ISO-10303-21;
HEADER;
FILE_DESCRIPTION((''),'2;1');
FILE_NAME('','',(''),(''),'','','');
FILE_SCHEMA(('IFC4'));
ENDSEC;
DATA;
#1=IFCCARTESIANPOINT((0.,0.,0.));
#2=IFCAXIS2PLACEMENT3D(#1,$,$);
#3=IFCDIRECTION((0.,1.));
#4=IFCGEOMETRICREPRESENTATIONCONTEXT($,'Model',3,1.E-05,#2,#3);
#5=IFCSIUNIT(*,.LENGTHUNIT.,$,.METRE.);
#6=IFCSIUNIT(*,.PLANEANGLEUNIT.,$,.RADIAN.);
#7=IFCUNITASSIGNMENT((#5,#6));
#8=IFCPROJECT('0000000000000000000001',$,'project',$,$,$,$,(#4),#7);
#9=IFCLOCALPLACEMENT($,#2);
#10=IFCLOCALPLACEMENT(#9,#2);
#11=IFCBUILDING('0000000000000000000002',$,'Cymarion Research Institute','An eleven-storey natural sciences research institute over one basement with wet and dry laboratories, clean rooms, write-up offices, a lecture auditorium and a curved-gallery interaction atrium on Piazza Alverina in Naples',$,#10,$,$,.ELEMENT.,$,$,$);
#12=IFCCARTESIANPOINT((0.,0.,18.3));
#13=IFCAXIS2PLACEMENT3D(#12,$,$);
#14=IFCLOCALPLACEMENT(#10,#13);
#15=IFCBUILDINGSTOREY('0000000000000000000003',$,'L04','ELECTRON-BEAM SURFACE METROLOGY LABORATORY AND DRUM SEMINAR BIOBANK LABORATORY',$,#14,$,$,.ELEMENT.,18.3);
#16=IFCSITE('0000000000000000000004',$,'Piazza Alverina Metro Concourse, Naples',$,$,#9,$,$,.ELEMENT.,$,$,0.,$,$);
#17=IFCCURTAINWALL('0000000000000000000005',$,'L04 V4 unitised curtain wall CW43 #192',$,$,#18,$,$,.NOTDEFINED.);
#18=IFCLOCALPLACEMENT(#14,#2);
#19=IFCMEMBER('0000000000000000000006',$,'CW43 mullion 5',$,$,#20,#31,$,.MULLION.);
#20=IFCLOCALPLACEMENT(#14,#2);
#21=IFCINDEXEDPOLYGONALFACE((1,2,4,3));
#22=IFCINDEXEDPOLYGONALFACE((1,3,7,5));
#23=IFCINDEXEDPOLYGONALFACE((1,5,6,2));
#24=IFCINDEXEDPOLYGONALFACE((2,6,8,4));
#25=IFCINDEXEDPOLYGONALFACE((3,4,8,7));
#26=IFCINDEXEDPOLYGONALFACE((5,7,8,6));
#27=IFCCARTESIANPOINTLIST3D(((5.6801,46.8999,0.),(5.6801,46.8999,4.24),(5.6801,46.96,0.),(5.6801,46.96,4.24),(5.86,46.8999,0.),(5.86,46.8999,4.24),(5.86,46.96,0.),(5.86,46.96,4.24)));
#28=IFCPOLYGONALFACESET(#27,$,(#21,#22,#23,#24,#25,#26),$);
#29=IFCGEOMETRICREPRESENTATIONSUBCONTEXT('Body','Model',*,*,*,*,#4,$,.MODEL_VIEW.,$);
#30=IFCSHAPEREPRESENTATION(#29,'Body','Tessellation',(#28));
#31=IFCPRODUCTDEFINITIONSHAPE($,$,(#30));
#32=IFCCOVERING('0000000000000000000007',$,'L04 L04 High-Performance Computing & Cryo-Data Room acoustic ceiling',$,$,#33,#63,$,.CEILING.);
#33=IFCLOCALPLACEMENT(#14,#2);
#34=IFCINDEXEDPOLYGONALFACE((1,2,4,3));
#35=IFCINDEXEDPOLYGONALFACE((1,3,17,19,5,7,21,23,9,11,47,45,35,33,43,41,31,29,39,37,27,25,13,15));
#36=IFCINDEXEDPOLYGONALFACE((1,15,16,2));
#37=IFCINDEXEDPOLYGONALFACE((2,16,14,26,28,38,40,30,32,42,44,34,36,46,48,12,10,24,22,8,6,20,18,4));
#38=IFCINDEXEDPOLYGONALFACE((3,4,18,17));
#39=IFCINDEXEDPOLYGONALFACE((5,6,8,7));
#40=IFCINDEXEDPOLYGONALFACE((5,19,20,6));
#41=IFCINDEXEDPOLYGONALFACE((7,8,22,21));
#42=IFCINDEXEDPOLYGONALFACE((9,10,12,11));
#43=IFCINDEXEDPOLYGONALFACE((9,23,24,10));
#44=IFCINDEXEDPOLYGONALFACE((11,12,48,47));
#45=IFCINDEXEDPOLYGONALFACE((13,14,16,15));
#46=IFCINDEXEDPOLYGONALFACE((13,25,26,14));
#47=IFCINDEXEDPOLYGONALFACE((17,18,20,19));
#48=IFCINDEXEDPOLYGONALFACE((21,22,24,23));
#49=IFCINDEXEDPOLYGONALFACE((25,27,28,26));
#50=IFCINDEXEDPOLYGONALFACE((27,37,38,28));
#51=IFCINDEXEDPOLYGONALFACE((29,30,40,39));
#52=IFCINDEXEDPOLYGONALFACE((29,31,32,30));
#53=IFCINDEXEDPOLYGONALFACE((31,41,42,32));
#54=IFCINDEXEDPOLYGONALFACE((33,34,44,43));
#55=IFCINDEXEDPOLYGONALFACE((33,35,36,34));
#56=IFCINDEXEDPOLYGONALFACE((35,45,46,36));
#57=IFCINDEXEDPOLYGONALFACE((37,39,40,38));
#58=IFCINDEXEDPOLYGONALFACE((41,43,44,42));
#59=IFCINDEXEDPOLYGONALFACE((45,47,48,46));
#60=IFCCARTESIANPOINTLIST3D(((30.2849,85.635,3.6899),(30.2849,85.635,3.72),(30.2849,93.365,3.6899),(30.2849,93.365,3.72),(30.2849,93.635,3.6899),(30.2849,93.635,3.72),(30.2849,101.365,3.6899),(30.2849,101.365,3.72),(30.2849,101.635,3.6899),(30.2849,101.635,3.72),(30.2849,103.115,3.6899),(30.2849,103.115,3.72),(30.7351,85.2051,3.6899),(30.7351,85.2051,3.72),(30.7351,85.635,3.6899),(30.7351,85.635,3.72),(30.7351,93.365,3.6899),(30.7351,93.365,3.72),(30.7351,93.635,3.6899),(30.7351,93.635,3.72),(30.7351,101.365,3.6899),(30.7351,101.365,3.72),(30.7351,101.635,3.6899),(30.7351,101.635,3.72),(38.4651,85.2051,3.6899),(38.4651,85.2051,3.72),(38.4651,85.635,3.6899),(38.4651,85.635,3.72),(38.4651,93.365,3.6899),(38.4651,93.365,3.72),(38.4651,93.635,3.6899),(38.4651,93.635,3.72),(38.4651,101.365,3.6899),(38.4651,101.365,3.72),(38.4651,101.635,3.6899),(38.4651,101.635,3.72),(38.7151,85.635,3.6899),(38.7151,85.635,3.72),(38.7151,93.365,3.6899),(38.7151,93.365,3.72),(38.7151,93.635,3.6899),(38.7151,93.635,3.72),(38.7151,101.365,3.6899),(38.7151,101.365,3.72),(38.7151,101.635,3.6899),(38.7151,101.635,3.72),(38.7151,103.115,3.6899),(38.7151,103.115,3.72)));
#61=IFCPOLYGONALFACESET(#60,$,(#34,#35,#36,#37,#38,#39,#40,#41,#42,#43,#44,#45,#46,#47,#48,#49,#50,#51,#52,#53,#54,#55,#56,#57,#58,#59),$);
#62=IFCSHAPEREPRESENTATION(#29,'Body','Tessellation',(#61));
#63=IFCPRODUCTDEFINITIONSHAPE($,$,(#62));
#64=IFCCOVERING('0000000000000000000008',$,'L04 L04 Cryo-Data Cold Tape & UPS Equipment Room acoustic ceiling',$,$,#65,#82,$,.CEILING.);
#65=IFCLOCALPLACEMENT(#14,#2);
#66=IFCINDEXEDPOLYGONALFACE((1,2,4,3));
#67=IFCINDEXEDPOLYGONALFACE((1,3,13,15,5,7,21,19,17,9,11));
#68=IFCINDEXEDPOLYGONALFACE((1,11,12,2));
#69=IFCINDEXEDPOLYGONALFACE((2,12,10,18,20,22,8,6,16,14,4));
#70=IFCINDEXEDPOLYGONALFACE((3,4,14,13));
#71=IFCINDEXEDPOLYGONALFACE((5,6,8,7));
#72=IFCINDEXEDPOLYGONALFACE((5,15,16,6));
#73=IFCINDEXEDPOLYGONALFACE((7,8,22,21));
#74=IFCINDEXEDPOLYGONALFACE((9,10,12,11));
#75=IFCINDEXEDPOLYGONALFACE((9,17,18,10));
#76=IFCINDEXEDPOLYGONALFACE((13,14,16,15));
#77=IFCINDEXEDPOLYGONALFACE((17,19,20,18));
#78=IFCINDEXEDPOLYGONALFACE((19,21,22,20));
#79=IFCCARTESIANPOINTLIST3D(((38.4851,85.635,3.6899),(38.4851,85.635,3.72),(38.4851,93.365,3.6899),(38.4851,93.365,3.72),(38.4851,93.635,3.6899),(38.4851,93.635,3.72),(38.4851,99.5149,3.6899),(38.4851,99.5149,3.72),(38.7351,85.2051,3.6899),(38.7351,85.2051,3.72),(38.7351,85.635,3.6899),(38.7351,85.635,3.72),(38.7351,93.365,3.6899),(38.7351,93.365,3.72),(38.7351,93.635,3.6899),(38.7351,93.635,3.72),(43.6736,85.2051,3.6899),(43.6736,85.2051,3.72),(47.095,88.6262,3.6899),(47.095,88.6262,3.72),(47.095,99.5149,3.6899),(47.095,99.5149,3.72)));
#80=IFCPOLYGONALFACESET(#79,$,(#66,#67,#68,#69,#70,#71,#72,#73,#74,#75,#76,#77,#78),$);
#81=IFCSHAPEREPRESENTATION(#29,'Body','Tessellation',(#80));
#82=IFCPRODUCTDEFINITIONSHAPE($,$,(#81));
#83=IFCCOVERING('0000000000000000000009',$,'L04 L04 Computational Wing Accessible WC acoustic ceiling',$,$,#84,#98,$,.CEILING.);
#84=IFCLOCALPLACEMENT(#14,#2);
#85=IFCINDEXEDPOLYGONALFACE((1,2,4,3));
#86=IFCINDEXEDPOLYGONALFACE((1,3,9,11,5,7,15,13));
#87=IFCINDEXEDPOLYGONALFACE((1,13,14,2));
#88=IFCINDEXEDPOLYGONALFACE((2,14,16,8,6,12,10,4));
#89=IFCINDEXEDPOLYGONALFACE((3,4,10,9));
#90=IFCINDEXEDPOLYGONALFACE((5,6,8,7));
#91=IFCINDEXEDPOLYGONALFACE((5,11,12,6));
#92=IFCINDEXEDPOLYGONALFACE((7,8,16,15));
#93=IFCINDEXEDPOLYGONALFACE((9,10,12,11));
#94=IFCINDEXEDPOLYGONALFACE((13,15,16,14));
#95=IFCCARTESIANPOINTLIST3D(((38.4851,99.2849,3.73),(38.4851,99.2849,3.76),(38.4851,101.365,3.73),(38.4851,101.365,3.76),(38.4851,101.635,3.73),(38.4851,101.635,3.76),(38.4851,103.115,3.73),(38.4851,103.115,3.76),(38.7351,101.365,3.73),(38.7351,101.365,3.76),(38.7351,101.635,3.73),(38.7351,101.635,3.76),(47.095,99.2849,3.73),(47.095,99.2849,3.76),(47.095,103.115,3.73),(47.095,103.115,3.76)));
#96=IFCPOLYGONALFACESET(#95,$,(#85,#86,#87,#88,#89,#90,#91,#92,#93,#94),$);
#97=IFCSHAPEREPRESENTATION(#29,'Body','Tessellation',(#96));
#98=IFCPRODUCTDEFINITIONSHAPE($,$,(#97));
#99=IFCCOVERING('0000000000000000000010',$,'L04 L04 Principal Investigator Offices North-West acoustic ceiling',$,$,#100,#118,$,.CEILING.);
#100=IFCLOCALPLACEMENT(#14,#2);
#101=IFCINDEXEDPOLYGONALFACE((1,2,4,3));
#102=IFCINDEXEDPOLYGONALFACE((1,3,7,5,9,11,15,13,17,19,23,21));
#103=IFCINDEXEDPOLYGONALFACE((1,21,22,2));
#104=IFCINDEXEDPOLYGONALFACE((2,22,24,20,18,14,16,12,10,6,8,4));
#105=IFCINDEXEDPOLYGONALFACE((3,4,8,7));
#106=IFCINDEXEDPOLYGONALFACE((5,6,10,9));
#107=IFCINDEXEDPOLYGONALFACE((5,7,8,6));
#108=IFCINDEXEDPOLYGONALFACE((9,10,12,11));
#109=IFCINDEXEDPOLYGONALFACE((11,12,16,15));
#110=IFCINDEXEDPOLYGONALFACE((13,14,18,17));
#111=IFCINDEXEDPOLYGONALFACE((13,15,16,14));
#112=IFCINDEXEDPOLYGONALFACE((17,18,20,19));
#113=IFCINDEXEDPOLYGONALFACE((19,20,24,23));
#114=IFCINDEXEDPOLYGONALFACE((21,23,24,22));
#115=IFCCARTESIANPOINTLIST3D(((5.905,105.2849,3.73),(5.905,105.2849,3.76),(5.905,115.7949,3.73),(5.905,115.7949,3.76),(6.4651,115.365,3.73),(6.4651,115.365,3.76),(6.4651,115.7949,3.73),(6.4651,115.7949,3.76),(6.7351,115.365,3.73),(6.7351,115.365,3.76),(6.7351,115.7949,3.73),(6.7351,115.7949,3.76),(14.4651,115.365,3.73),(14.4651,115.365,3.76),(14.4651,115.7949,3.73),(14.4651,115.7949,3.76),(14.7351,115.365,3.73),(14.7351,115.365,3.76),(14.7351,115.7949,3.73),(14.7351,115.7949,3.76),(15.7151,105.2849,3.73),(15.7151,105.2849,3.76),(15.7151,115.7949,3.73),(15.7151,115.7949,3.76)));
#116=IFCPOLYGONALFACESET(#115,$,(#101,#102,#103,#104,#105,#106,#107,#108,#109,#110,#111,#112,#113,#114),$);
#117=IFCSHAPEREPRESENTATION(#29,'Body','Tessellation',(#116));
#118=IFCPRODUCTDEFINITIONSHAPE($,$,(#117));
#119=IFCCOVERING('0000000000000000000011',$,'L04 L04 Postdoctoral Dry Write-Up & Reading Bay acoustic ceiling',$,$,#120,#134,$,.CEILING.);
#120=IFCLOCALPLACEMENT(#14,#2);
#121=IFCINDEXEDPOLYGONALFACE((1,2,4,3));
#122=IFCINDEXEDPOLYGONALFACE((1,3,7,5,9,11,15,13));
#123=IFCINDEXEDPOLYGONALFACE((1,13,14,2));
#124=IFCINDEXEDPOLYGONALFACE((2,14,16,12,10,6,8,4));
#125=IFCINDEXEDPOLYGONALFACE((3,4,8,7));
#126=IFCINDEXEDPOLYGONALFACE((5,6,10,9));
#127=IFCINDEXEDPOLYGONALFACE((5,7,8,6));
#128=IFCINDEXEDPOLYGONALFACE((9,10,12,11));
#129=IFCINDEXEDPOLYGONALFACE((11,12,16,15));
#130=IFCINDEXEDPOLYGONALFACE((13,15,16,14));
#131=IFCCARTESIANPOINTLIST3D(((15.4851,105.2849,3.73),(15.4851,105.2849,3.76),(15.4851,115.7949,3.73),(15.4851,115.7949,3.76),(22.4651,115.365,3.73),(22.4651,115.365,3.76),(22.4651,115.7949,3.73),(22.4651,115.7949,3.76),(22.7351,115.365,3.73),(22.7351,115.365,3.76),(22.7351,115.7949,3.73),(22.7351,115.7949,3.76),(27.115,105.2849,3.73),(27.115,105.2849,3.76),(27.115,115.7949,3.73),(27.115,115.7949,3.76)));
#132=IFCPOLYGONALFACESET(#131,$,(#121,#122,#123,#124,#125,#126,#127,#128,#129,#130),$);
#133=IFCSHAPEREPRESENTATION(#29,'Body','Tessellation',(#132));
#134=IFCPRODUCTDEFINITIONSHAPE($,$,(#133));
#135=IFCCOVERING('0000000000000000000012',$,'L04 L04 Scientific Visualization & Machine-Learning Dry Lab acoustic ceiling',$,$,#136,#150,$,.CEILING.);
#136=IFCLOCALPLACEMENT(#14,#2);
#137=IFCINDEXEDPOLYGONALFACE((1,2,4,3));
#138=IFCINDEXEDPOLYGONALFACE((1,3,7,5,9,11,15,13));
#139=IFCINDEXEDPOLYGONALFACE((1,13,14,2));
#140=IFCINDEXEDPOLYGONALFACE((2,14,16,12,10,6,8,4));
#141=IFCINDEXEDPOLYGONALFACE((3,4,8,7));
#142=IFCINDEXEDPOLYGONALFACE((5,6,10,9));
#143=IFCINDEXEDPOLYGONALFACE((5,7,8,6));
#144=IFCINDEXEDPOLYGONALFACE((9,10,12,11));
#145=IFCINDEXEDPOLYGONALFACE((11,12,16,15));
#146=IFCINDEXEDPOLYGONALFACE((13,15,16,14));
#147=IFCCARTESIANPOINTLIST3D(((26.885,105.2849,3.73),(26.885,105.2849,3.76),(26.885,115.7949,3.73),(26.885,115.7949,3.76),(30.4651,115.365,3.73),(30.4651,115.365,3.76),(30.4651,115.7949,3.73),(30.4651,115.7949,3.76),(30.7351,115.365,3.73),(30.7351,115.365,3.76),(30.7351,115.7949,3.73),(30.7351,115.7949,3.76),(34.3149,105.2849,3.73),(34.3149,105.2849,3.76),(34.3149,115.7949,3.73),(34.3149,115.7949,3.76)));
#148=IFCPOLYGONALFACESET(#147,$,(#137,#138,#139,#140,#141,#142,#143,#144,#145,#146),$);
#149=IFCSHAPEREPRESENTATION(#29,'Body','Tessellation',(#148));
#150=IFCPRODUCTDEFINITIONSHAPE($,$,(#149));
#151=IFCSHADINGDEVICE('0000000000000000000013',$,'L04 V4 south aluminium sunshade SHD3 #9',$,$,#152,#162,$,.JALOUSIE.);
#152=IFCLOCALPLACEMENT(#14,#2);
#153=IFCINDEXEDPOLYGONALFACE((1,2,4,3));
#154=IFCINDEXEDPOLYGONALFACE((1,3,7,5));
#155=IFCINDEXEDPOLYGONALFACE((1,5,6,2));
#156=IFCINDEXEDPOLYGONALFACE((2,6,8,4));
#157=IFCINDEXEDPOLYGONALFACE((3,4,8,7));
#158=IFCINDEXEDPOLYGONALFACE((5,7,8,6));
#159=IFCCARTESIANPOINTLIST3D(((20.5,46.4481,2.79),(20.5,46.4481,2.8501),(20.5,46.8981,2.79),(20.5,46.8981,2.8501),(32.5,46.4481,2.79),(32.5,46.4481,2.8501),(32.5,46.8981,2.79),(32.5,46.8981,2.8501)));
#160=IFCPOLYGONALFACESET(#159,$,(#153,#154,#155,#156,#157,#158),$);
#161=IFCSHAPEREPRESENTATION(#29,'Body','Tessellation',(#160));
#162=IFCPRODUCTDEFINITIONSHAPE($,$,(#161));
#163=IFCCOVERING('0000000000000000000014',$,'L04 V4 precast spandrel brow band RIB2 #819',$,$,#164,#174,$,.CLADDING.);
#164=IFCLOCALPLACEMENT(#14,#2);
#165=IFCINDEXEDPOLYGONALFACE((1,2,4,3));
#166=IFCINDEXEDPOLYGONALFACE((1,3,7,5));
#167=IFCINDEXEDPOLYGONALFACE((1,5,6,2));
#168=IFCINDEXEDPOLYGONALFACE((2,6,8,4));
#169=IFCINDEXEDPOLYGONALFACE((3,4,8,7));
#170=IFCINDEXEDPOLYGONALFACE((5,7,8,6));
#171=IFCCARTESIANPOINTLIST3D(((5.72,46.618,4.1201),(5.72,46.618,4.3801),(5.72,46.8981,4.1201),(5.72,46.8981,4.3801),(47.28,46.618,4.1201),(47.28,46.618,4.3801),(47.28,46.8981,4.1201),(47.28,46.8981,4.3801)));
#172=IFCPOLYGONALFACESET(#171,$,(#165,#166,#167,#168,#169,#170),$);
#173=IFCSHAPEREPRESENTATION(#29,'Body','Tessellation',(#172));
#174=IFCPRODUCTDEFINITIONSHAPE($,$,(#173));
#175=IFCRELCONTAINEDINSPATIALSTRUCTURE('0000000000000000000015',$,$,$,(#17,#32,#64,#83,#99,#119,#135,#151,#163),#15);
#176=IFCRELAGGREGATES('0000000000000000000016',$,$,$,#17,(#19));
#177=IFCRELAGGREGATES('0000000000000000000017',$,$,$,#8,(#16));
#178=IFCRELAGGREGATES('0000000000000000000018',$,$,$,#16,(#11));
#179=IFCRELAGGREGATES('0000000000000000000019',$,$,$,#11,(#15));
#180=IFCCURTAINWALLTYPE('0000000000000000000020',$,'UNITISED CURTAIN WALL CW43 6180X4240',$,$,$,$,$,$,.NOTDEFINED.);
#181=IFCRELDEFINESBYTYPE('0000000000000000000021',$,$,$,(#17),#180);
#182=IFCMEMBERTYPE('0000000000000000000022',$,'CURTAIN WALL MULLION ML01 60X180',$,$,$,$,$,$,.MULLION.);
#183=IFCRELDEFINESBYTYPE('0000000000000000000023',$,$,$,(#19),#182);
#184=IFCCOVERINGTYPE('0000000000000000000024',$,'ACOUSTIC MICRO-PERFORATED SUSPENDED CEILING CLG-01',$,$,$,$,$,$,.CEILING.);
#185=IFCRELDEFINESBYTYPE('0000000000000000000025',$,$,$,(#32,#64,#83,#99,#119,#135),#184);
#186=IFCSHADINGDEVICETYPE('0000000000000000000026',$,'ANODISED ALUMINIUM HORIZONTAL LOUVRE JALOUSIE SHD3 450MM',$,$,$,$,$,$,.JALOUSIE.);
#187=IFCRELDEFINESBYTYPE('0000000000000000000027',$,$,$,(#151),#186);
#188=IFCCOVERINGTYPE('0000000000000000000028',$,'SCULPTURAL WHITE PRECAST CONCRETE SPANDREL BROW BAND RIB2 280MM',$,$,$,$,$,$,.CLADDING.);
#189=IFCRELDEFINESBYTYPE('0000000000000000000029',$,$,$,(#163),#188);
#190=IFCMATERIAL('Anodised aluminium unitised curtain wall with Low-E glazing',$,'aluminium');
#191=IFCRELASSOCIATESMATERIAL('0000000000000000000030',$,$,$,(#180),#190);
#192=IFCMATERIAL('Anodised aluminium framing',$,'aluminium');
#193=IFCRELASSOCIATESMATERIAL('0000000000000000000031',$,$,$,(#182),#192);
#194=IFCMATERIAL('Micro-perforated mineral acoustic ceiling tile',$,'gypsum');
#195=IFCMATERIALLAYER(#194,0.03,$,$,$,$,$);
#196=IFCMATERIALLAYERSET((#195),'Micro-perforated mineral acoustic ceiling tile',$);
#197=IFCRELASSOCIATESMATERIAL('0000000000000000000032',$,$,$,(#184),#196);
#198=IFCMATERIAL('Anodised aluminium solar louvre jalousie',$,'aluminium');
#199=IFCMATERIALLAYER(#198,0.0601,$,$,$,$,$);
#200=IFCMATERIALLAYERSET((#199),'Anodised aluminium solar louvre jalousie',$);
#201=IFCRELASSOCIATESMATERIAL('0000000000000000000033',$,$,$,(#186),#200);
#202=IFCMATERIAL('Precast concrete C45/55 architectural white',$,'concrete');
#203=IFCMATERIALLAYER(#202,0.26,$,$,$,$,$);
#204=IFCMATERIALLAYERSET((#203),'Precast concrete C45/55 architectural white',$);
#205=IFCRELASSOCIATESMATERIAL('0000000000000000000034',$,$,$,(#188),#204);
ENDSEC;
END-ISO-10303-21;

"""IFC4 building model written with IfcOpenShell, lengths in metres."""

from ifc_helpers import new_model, si_unit, direction, frame, origin, origin_2d, place, context, subcontext, project, spatial, polyline, rectangle, outline, extrude, material, layer, layer_set, material_profile, profile_set, type_object, element, aggregate, save


model = new_model("IFC4")

# Units and contexts
model_context = context("Model", 3, precision=1e-05, world=origin(), true_north=direction((0.0, 1.0)))
body_context = subcontext(model_context, "Body", "Model", "MODEL_VIEW")
ifc_project = project(units=[si_unit("LENGTHUNIT", "METRE"), si_unit("PLANEANGLEUNIT", "RADIAN")], contexts=[model_context])

# Site, building, storey
site_placement = place(None, origin())
site = spatial("IfcSite", under=ifc_project, at=site_placement, Name="Piazza Alverina Metro Concourse, Naples", CompositionType="ELEMENT", RefElevation=0.0)
building_placement = place(site_placement, origin())
building = spatial("IfcBuilding", under=site, at=building_placement, Name="Cymarion Research Institute", Description="An eleven-storey natural sciences research institute over one basement with wet and dry laboratories, clean rooms, write-up offices, a lecture auditorium and a curved-gallery interaction atrium on Piazza Alverina in Naples", CompositionType="ELEMENT")
storey_placement = place(building_placement, frame((0.0, 0.0, 18.3)))
storey = spatial("IfcBuildingStorey", under=building, at=storey_placement, Name="L04", Description="ELECTRON-BEAM SURFACE METROLOGY LABORATORY AND DRUM SEMINAR BIOBANK LABORATORY", CompositionType="ELEMENT", Elevation=18.3)

# Curtain wall, member
ifc_material_1 = material(Name="Anodised aluminium unitised curtain wall with Low-E glazing", Category="aluminium")
curtain_wall_type = type_object("IfcCurtainWallType", Name="UNITISED CURTAIN WALL CW43 6180X4240", PredefinedType="NOTDEFINED", material=ifc_material_1)
curtain_wall_placement = place(storey_placement, origin())
curtain_wall = element("IfcCurtainWall", 1, at=curtain_wall_placement, inside=storey, type_object=curtain_wall_type, Name="L04 V4 unitised curtain wall CW43 #192", PredefinedType="NOTDEFINED")
ifc_material_2 = material(Name="Anodised aluminium framing", Category="aluminium")
ifc_material_profile = material_profile(ifc_material_2, rectangle(XDim=0.0601, YDim=0.1799, at=origin_2d()), Name="ALU MULLION 60x180")
ifc_profile_set = profile_set([ifc_material_profile], Name="Anodised aluminium framing")
member_type = type_object("IfcMemberType", Name="CURTAIN WALL MULLION ML01 60X180", PredefinedType="MULLION", material=ifc_profile_set)
member_placement = place(storey_placement, frame((5.77, 46.9299, 0.0), z_axis=(0.0, 0.0, 1.0), x_axis=(0.0, -1.0, 0.0)))
member = element("IfcMember", 2, at=member_placement, type_object=member_type, Name="CW43 mullion 5", PredefinedType="MULLION", context=body_context, shape_type="SweptSolid", body=[
    extrude(rectangle(XDim=0.0601, YDim=0.1799, at=origin_2d()), origin(), (0.0, 0.0, 1.0), 4.24),
])
aggregate(curtain_wall, [member])

# Coverings
ifc_material_3 = material(Name="Micro-perforated mineral acoustic ceiling tile", Category="gypsum")
ifc_layer_1 = layer(ifc_material_3, 0.03)
ifc_layer_set_1 = layer_set([ifc_layer_1], Name="Micro-perforated mineral acoustic ceiling tile")
covering_type_1 = type_object("IfcCoveringType", Name="ACOUSTIC MICRO-PERFORATED SUSPENDED CEILING CLG-01", PredefinedType="CEILING", material=ifc_layer_set_1)
covering_1_placement = place(storey_placement, frame((0.0, 0.0, 3.6899)))
element("IfcCovering", 3, at=covering_1_placement, inside=storey, type_object=covering_type_1, Name="L04 L04 High-Performance Computing & Cryo-Data Room acoustic ceiling", PredefinedType="CEILING", context=body_context, shape_type="SweptSolid", body=[
    extrude(outline(polyline([(38.7151, 101.635), (38.4651, 101.635), (38.4651, 101.365), (38.7151, 101.365), (38.7151, 93.635), (38.4651, 93.635), (38.4651, 93.365), (38.7151, 93.365), (38.7151, 85.635), (38.4651, 85.635), (38.4651, 85.2051), (30.7351, 85.2051), (30.7351, 85.635), (30.2849, 85.635), (30.2849, 93.365), (30.7351, 93.365), (30.7351, 93.635), (30.2849, 93.635), (30.2849, 101.365), (30.7351, 101.365), (30.7351, 101.635), (30.2849, 101.635), (30.2849, 103.115), (38.7151, 103.115), (38.7151, 101.635)])), origin(), (0.0, 0.0, 1.0), 0.03),
])
covering_2_placement = place(storey_placement, frame((0.0, 0.0, 3.6899)))
element("IfcCovering", 4, at=covering_2_placement, inside=storey, type_object=covering_type_1, Name="L04 L04 Cryo-Data Cold Tape & UPS Equipment Room acoustic ceiling", PredefinedType="CEILING", context=body_context, shape_type="SweptSolid", body=[
    extrude(outline(polyline([(47.095, 88.6262), (43.6736, 85.2051), (38.7351, 85.2051), (38.7351, 85.635), (38.4851, 85.635), (38.4851, 93.365), (38.7351, 93.365), (38.7351, 93.635), (38.4851, 93.635), (38.4851, 99.5149), (47.095, 99.5149), (47.095, 88.6262)])), origin(), (0.0, 0.0, 1.0), 0.03),
])
covering_3_placement = place(storey_placement, frame((0.0, 0.0, 3.73)))
element("IfcCovering", 5, at=covering_3_placement, inside=storey, type_object=covering_type_1, Name="L04 L04 Computational Wing Accessible WC acoustic ceiling", PredefinedType="CEILING", context=body_context, shape_type="SweptSolid", body=[
    extrude(outline(polyline([(38.7351, 101.365), (38.7351, 101.635), (38.4851, 101.635), (38.4851, 103.115), (47.095, 103.115), (47.095, 99.2849), (38.4851, 99.2849), (38.4851, 101.365), (38.7351, 101.365)])), origin(), (0.0, 0.0, 1.0), 0.03),
])
covering_4_placement = place(storey_placement, frame((0.0, 0.0, 3.73)))
element("IfcCovering", 6, at=covering_4_placement, inside=storey, type_object=covering_type_1, Name="L04 L04 Principal Investigator Offices North-West acoustic ceiling", PredefinedType="CEILING", context=body_context, shape_type="SweptSolid", body=[
    extrude(outline(polyline([(5.905, 115.7949), (6.4651, 115.7949), (6.4651, 115.365), (6.7351, 115.365), (6.7351, 115.7949), (14.4651, 115.7949), (14.4651, 115.365), (14.7351, 115.365), (14.7351, 115.7949), (15.7151, 115.7949), (15.7151, 105.2849), (5.905, 105.2849), (5.905, 115.7949)])), origin(), (0.0, 0.0, 1.0), 0.03),
])
covering_5_placement = place(storey_placement, frame((0.0, 0.0, 3.73)))
element("IfcCovering", 7, at=covering_5_placement, inside=storey, type_object=covering_type_1, Name="L04 L04 Postdoctoral Dry Write-Up & Reading Bay acoustic ceiling", PredefinedType="CEILING", context=body_context, shape_type="SweptSolid", body=[
    extrude(outline(polyline([(15.4851, 115.7949), (22.4651, 115.7949), (22.4651, 115.365), (22.7351, 115.365), (22.7351, 115.7949), (27.115, 115.7949), (27.115, 105.2849), (15.4851, 105.2849), (15.4851, 115.7949)])), origin(), (0.0, 0.0, 1.0), 0.03),
])
covering_6_placement = place(storey_placement, frame((0.0, 0.0, 3.73)))
element("IfcCovering", 8, at=covering_6_placement, inside=storey, type_object=covering_type_1, Name="L04 L04 Scientific Visualization & Machine-Learning Dry Lab acoustic ceiling", PredefinedType="CEILING", context=body_context, shape_type="SweptSolid", body=[
    extrude(outline(polyline([(26.885, 115.7949), (30.4651, 115.7949), (30.4651, 115.365), (30.7351, 115.365), (30.7351, 115.7949), (34.3149, 115.7949), (34.3149, 105.2849), (26.885, 105.2849), (26.885, 115.7949)])), origin(), (0.0, 0.0, 1.0), 0.03),
])

# Shading device
ifc_material_4 = material(Name="Anodised aluminium solar louvre jalousie", Category="aluminium")
ifc_layer_2 = layer(ifc_material_4, 0.0601)
ifc_layer_set_2 = layer_set([ifc_layer_2], Name="Anodised aluminium solar louvre jalousie")
shading_device_type = type_object("IfcShadingDeviceType", Name="ANODISED ALUMINIUM HORIZONTAL LOUVRE JALOUSIE SHD3 450MM", PredefinedType="JALOUSIE", material=ifc_layer_set_2)
shading_device_placement = place(storey_placement, frame((26.5, 46.6731, 2.79), z_axis=(0.0, 0.0, 1.0), x_axis=(0.0, -1.0, 0.0)))
element("IfcShadingDevice", 9, at=shading_device_placement, inside=storey, type_object=shading_device_type, Name="L04 V4 south aluminium sunshade SHD3 #9", PredefinedType="JALOUSIE", context=body_context, shape_type="SweptSolid", body=[
    extrude(rectangle(XDim=0.45, YDim=12.0, at=origin_2d()), origin(), (0.0, 0.0, 1.0), 0.0601),
])

# Covering
ifc_material_5 = material(Name="Precast concrete C45/55 architectural white", Category="concrete")
ifc_layer_3 = layer(ifc_material_5, 0.26)
ifc_layer_set_3 = layer_set([ifc_layer_3], Name="Precast concrete C45/55 architectural white")
covering_type_2 = type_object("IfcCoveringType", Name="SCULPTURAL WHITE PRECAST CONCRETE SPANDREL BROW BAND RIB2 280MM", PredefinedType="CLADDING", material=ifc_layer_set_3)
covering_7_placement = place(storey_placement, frame((26.5, 46.7581, 4.1201), z_axis=(0.0, 0.0, 1.0), x_axis=(0.0, -1.0, 0.0)))
element("IfcCovering", 10, at=covering_7_placement, inside=storey, type_object=covering_type_2, Name="L04 V4 precast spandrel brow band RIB2 #819", PredefinedType="CLADDING", context=body_context, shape_type="SweptSolid", body=[
    extrude(rectangle(XDim=0.28, YDim=41.5601, at=origin_2d()), origin(), (0.0, 0.0, 1.0), 0.26),
])

save(model, "model.ifc")
